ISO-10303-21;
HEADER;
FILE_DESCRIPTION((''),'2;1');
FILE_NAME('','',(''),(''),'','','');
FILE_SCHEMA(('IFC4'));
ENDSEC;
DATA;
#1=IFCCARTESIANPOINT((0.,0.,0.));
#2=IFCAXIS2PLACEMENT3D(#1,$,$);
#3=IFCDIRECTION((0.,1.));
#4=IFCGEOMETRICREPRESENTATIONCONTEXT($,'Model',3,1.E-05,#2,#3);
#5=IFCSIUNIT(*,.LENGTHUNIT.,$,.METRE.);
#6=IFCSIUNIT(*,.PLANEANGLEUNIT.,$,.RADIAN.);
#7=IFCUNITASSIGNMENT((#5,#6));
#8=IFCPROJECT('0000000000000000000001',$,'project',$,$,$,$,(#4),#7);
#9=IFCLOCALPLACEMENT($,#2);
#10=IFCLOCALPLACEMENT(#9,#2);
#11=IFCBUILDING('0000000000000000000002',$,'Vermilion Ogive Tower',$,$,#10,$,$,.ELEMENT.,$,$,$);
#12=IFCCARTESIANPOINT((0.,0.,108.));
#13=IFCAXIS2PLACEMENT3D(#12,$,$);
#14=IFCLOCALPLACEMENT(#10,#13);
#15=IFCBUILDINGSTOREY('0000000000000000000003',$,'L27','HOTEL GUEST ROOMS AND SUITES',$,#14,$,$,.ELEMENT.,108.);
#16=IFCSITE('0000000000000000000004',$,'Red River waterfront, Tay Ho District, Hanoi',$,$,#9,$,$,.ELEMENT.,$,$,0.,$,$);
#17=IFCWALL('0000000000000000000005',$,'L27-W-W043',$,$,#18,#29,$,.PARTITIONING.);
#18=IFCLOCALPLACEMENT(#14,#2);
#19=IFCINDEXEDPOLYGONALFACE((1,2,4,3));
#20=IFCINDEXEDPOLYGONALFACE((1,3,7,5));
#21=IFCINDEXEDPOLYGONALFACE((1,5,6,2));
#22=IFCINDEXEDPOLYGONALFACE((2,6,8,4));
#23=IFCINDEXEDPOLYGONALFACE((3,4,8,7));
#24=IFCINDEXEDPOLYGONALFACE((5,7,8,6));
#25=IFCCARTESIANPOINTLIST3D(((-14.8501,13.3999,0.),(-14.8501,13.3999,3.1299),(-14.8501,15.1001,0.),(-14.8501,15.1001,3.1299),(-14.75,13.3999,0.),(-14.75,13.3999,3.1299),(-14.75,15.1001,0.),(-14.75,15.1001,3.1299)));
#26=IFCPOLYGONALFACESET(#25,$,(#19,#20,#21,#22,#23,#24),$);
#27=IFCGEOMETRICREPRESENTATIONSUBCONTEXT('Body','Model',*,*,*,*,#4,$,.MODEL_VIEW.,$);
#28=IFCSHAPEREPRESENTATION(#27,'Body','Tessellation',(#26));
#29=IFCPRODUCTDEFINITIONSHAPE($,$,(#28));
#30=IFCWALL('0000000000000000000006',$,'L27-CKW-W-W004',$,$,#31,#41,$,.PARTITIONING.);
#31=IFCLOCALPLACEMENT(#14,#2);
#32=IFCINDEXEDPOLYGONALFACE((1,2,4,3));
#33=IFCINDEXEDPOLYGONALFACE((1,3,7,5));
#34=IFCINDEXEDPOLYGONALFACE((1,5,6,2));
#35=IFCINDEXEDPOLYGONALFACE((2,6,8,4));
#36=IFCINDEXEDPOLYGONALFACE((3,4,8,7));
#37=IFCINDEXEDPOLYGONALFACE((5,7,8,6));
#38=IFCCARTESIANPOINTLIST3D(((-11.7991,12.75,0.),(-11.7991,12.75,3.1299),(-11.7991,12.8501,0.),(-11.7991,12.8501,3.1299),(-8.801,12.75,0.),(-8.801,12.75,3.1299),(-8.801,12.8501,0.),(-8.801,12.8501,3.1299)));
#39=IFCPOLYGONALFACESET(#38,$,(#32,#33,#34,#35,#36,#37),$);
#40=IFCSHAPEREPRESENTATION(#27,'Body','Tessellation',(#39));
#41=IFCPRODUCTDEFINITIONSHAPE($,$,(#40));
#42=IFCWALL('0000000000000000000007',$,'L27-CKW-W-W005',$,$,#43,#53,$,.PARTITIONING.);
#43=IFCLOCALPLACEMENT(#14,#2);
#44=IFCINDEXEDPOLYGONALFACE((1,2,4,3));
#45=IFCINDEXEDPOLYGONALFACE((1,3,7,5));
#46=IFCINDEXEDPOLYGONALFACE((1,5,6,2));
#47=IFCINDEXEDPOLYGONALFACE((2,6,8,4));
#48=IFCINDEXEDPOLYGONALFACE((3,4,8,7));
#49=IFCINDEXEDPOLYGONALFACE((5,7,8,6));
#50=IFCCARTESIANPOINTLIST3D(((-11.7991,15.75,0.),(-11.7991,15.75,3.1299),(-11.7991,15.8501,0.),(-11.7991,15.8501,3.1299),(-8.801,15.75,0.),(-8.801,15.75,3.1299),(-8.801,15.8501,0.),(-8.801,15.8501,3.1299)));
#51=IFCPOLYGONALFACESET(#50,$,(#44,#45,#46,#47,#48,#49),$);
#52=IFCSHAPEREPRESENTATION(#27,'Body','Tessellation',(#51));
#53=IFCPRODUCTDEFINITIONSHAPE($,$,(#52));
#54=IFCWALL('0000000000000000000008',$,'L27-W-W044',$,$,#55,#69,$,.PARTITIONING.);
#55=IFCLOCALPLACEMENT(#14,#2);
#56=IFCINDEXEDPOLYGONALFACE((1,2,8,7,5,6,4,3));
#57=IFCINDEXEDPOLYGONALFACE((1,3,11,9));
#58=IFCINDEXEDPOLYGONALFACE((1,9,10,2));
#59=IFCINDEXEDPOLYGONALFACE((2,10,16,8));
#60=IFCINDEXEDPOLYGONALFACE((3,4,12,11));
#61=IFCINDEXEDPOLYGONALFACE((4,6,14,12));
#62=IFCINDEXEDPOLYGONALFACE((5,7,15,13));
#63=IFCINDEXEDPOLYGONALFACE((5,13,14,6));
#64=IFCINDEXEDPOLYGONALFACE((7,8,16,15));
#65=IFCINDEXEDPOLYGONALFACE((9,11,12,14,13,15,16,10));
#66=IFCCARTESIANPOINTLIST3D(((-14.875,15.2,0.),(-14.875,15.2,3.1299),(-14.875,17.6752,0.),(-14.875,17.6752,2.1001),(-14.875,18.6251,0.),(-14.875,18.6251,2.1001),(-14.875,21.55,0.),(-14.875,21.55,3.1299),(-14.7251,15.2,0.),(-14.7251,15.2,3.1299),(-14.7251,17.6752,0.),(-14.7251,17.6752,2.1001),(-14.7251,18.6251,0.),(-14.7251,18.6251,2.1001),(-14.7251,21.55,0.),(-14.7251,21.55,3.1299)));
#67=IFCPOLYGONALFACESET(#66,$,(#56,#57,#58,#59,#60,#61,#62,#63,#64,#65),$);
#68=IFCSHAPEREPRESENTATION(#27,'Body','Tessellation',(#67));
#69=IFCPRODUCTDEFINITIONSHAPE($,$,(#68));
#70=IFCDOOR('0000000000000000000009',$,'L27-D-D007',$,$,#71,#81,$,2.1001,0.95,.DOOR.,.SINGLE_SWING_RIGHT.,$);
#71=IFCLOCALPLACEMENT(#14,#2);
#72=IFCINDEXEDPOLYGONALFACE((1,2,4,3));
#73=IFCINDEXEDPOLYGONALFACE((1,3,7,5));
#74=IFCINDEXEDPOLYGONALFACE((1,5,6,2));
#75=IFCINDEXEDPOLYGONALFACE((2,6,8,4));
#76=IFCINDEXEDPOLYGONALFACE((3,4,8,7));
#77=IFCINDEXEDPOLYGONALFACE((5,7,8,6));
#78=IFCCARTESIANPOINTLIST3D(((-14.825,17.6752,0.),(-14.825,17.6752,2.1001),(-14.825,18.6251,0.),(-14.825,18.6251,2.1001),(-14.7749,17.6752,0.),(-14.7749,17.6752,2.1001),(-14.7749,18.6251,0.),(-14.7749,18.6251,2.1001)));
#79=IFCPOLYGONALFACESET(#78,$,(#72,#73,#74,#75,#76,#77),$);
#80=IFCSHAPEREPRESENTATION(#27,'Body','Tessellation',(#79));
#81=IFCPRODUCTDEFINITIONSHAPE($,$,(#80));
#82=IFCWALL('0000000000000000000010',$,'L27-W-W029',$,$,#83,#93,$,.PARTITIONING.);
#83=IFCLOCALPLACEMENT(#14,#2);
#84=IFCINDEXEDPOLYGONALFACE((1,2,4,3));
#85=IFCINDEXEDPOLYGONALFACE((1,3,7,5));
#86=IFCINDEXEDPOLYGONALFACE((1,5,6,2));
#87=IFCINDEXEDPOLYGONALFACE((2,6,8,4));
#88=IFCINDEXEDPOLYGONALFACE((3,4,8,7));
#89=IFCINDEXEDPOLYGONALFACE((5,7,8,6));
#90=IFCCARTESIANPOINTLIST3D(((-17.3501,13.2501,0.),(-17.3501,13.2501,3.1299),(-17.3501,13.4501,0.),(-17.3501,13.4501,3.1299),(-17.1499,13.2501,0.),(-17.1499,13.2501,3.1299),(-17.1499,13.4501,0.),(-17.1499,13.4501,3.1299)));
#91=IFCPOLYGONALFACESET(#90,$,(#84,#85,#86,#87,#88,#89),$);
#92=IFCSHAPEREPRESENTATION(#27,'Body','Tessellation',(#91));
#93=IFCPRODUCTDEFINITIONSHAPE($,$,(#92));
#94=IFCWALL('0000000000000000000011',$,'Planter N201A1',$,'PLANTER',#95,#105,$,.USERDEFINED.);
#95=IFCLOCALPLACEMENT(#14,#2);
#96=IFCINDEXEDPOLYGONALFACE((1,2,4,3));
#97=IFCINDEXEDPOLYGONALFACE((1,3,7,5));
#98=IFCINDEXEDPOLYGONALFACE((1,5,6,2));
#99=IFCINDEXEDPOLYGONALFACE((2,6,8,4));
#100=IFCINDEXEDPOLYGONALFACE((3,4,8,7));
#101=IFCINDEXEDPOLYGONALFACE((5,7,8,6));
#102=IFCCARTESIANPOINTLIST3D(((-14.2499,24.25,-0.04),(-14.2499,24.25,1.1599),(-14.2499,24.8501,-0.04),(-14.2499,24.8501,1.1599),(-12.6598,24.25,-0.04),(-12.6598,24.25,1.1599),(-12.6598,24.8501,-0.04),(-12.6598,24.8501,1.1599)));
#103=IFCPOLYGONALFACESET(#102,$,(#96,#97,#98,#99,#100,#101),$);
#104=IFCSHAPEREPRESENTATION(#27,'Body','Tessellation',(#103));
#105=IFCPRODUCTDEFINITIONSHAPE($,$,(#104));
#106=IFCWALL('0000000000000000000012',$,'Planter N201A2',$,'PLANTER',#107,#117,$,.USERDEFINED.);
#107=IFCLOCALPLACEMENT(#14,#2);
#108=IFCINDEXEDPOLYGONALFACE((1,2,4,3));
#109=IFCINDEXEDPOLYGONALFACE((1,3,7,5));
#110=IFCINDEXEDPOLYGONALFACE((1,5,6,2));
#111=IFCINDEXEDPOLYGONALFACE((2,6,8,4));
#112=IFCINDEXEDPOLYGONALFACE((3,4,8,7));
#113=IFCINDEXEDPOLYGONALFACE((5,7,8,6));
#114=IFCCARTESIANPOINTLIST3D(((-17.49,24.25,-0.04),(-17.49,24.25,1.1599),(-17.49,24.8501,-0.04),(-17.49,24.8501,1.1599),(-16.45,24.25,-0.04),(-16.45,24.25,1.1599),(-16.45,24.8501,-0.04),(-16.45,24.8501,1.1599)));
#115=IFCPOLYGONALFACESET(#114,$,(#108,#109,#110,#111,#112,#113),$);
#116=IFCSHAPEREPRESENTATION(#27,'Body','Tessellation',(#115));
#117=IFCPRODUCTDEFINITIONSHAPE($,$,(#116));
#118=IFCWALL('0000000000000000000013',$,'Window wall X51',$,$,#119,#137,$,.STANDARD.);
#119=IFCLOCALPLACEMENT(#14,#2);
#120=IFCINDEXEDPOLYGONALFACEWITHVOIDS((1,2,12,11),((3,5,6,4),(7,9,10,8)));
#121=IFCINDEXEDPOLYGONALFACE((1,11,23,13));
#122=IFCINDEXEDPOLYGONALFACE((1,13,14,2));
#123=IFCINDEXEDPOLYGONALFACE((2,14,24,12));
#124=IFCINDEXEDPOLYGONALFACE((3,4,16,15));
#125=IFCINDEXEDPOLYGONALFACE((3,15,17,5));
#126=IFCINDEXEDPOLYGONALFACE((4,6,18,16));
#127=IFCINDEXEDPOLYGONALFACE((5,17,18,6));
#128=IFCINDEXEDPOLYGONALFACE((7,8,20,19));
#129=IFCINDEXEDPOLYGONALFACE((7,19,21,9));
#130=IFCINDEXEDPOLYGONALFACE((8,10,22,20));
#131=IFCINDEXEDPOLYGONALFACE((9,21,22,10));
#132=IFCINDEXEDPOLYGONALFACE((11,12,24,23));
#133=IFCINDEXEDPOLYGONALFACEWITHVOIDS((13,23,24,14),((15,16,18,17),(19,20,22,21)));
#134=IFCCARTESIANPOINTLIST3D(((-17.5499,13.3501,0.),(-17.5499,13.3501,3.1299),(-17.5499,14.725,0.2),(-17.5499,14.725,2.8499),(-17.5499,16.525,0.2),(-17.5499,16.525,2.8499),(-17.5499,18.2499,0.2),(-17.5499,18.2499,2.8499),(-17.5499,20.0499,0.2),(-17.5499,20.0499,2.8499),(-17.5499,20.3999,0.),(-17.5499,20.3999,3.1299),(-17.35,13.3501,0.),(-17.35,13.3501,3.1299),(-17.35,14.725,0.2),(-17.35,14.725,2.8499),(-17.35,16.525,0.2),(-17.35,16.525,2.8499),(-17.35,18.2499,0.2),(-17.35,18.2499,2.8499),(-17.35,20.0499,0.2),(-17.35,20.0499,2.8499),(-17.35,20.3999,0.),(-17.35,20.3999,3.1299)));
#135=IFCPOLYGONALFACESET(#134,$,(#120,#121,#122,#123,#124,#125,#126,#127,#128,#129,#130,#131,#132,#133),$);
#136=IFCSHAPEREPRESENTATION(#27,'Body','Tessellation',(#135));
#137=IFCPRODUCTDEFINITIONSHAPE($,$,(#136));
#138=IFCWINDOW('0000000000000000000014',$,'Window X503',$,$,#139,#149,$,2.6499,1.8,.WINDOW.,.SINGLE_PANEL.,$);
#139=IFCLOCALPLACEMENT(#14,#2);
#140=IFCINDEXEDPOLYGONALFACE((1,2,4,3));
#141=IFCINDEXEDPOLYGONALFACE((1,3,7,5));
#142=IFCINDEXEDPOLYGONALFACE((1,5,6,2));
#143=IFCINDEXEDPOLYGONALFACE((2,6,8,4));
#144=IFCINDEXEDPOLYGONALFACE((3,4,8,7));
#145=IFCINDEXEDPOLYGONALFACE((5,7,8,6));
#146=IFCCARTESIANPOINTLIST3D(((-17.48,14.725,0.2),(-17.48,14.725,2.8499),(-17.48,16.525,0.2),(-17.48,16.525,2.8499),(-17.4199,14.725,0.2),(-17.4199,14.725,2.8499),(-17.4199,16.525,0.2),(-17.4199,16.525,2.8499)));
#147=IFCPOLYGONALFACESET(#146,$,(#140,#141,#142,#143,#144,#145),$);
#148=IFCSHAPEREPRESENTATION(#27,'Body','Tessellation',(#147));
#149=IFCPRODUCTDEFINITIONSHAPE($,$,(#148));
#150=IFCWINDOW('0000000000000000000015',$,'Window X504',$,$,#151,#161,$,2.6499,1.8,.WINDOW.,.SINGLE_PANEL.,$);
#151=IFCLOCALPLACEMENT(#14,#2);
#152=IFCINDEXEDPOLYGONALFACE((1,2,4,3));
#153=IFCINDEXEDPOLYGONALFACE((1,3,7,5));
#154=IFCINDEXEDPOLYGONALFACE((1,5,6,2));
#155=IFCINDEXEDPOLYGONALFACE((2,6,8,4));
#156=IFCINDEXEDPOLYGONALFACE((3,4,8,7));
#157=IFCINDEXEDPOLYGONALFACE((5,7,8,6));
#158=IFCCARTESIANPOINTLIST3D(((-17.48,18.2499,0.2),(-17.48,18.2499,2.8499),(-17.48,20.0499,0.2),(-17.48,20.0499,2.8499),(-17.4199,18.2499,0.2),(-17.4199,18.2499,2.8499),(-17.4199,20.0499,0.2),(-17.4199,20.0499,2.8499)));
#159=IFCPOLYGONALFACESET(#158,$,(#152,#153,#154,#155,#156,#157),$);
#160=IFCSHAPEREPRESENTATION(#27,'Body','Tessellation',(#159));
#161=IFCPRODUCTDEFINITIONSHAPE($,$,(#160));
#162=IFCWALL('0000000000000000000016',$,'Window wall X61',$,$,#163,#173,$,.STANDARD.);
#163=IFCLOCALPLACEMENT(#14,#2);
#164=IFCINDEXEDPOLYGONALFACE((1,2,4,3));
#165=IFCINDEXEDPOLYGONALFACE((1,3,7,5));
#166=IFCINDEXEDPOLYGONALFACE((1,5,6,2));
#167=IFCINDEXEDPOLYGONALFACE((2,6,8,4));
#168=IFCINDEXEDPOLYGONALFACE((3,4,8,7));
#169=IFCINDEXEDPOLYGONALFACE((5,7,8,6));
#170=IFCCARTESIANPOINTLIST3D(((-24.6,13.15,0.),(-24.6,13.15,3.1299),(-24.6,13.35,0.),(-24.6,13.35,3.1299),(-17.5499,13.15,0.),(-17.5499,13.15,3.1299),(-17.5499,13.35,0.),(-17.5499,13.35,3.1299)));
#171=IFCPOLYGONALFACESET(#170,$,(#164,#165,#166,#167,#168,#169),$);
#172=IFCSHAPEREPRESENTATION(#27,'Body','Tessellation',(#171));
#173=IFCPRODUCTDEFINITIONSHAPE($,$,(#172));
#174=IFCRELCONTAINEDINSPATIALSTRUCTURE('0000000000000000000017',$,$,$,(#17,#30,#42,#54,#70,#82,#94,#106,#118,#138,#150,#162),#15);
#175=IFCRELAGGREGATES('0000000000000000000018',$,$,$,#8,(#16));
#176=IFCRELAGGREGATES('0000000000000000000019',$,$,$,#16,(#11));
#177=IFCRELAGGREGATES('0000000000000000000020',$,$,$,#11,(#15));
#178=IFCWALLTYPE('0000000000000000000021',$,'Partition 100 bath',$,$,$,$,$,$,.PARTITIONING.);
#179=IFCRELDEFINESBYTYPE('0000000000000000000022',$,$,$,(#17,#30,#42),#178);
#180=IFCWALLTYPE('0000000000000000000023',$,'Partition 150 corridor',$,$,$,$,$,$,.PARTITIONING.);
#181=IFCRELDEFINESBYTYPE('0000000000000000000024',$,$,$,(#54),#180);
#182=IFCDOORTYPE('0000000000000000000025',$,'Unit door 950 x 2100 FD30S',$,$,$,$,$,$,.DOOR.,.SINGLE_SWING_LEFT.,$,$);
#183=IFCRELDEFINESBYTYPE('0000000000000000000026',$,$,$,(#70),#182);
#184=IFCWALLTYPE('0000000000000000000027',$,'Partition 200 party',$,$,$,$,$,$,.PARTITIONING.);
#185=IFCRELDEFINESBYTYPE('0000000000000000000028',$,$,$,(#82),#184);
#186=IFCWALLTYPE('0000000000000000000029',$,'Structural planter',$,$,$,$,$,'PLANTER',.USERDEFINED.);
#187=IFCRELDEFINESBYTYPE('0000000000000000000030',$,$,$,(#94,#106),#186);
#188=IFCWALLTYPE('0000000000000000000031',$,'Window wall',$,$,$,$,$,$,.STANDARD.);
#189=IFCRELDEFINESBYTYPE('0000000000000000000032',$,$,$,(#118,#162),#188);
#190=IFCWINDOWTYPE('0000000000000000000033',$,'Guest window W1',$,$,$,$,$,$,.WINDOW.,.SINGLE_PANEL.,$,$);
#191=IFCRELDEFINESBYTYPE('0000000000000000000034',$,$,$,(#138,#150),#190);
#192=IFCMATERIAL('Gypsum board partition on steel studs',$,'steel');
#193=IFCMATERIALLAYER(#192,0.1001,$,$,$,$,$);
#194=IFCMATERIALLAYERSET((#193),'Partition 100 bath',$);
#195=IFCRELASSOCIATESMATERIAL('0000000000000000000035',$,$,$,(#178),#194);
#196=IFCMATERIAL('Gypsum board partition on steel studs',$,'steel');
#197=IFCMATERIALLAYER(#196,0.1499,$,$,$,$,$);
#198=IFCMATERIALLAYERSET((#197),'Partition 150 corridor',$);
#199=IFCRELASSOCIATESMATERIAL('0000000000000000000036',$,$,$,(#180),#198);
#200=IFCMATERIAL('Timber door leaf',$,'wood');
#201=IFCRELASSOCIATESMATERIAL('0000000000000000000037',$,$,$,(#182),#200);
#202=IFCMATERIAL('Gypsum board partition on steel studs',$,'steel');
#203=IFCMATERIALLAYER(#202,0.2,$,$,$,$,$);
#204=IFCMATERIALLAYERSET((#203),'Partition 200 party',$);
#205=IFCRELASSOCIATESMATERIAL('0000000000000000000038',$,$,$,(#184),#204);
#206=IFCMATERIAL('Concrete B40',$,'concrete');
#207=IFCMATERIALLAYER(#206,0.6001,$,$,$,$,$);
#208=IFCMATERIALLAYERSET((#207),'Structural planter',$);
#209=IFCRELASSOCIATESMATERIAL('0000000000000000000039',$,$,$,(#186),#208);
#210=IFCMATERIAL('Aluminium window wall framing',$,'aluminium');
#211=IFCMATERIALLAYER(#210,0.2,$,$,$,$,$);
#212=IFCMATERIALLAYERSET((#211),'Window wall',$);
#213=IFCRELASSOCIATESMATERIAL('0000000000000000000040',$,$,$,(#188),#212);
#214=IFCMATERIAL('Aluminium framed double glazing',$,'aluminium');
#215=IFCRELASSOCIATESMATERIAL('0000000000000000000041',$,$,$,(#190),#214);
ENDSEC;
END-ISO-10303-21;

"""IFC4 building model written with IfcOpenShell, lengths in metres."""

from ifc_helpers import new_model, si_unit, direction, frame, frame_2d, origin, place, context, subcontext, project, spatial, rectangle, extrude, material, layer, layer_set, type_object, element, fill, save


model = new_model("IFC4")

# Units and contexts
model_context = context("Model", 3, precision=1e-05, world=origin(), true_north=direction((0.0, 1.0)))
body_context = subcontext(model_context, "Body", "Model", "MODEL_VIEW")
ifc_project = project(units=[si_unit("LENGTHUNIT", "METRE"), si_unit("PLANEANGLEUNIT", "RADIAN")], contexts=[model_context])

# Site, building, storey
site_placement = place(None, origin())
site = spatial("IfcSite", under=ifc_project, at=site_placement, Name="Red River waterfront, Tay Ho District, Hanoi", CompositionType="ELEMENT", RefElevation=0.0)
building_placement = place(site_placement, origin())
building = spatial("IfcBuilding", under=site, at=building_placement, Name="Vermilion Ogive Tower", CompositionType="ELEMENT")
storey_placement = place(building_placement, frame((0.0, 0.0, 108.0)))
storey = spatial("IfcBuildingStorey", under=building, at=storey_placement, Name="L27", Description="HOTEL GUEST ROOMS AND SUITES", CompositionType="ELEMENT", Elevation=108.0)

# Shared definitions
ifc_material_1 = material(Name="Gypsum board partition on steel studs", Category="steel")
ifc_layer_1 = layer(ifc_material_1, 0.1001)
ifc_layer_set_1 = layer_set([ifc_layer_1], Name="Partition 100 bath")
wall_type_1 = type_object("IfcWallType", Name="Partition 100 bath", PredefinedType="PARTITIONING", material=ifc_layer_set_1)

# Walls
wall_1_placement = place(storey_placement, frame((-14.8, 13.3999, 0.0), z_axis=(0.0, 0.0, 1.0), x_axis=(0.0, 1.0, 0.0)))
element("IfcWall", 1, at=wall_1_placement, inside=storey, type_object=wall_type_1, Name="L27-W-W043", PredefinedType="PARTITIONING", context=body_context, shape_type="SweptSolid", body=[
    extrude(rectangle(XDim=1.7002, YDim=0.1001, at=frame_2d((0.8501, 0.0))), origin(), (0.0, 0.0, 1.0), 3.1299),
])
for number, where, z_axis, x_axis, name in (
    (2, (-11.7991, 12.8, 0.0), (0.0, 0.0, 1.0), (1.0, 0.0, 0.0), "L27-CKW-W-W004"),
    (3, (-11.7991, 15.8, 0.0), (0.0, 0.0, 1.0), (1.0, 0.0, 0.0), "L27-CKW-W-W005"),
):
    element("IfcWall", number, at=place(storey_placement, frame(where, z_axis=z_axis, x_axis=x_axis)), inside=storey, type_object=wall_type_1, Name=name, PredefinedType="PARTITIONING", context=body_context, shape_type="SweptSolid", body=[
        extrude(rectangle(XDim=2.998, YDim=0.1001, at=frame_2d((1.499, 0.0))), origin(), (0.0, 0.0, 1.0), 3.1299),
    ])

# Wall, opening, door
ifc_material_2 = material(Name="Gypsum board partition on steel studs", Category="steel")
ifc_layer_2 = layer(ifc_material_2, 0.1499)
ifc_layer_set_2 = layer_set([ifc_layer_2], Name="Partition 150 corridor")
wall_type_2 = type_object("IfcWallType", Name="Partition 150 corridor", PredefinedType="PARTITIONING", material=ifc_layer_set_2)
wall_2_placement = place(storey_placement, frame((-14.8, 15.2, 0.0), z_axis=(0.0, 0.0, 1.0), x_axis=(0.0, 1.0, 0.0)))
wall_2 = element("IfcWall", 4, at=wall_2_placement, inside=storey, type_object=wall_type_2, Name="L27-W-W044", PredefinedType="PARTITIONING", context=body_context, shape_type="SweptSolid", body=[
    extrude(rectangle(XDim=6.3501, YDim=0.1499, at=frame_2d((3.175, 0.0))), origin(), (0.0, 0.0, 1.0), 3.1299),
])
opening_1_placement = place(wall_2_placement, frame((2.4751, 0.0, 0.0)))
opening_1 = element("IfcOpeningElement", 5, at=opening_1_placement, cuts=wall_2, PredefinedType="OPENING", context=body_context, shape_type="SweptSolid", body=[
    extrude(rectangle(XDim=0.95, YDim=2.1001, at=frame_2d((0.4751, 1.05))), frame((0.0, 0.085, 0.0), z_axis=(0.0, -1.0, 0.0), x_axis=(1.0, 0.0, 0.0)), (0.0, 0.0, 1.0), 0.1699),
])
ifc_material_3 = material(Name="Timber door leaf", Category="wood")
door_type_1 = type_object("IfcDoorType", Name="Unit door 950 x 2100 FD30S", OperationType="SINGLE_SWING_LEFT", PredefinedType="DOOR", material=ifc_material_3)
door_1_placement = place(opening_1_placement, origin())
door_1 = element("IfcDoor", 6, at=door_1_placement, inside=storey, type_object=door_type_1, Name="L27-D-D007", OperationType="SINGLE_SWING_RIGHT", OverallHeight=2.1001, OverallWidth=0.95, PredefinedType="DOOR", context=body_context, shape_type="SweptSolid", body=[
    extrude(rectangle(XDim=0.95, YDim=2.1001, at=frame_2d((0.4751, 1.05))), frame((0.0, 0.0249, 0.0), z_axis=(0.0, -1.0, 0.0), x_axis=(1.0, 0.0, 0.0)), (0.0, 0.0, 1.0), 0.05),
])
fill(opening_1, door_1)

# Walls
ifc_material_4 = material(Name="Gypsum board partition on steel studs", Category="steel")
ifc_layer_3 = layer(ifc_material_4, 0.2)
ifc_layer_set_3 = layer_set([ifc_layer_3], Name="Partition 200 party")
wall_type_3 = type_object("IfcWallType", Name="Partition 200 party", PredefinedType="PARTITIONING", material=ifc_layer_set_3)
wall_3_placement = place(storey_placement, frame((-17.3501, 13.3501, 0.0), z_axis=(0.0, 0.0, 1.0), x_axis=(1.0, 0.0, 0.0)))
element("IfcWall", 7, at=wall_3_placement, inside=storey, type_object=wall_type_3, Name="L27-W-W029", PredefinedType="PARTITIONING", context=body_context, shape_type="SweptSolid", body=[
    extrude(rectangle(XDim=0.2002, YDim=0.2, at=frame_2d((0.1001, 0.0))), origin(), (0.0, 0.0, 1.0), 3.1299),
])
ifc_material_5 = material(Name="Concrete B40", Category="concrete")
ifc_layer_4 = layer(ifc_material_5, 0.6001)
ifc_layer_set_4 = layer_set([ifc_layer_4], Name="Structural planter")
wall_type_4 = type_object("IfcWallType", Name="Structural planter", ElementType="PLANTER", PredefinedType="USERDEFINED", material=ifc_layer_set_4)
wall_4_placement = place(storey_placement, frame((-12.6599, 24.55, -0.04), z_axis=(0.0, 0.0, 1.0), x_axis=(-1.0, 0.0, 0.0)))
element("IfcWall", 8, at=wall_4_placement, inside=storey, type_object=wall_type_4, Name="Planter N201A1", ObjectType="PLANTER", PredefinedType="USERDEFINED", context=body_context, shape_type="SweptSolid", body=[
    extrude(rectangle(XDim=1.5901, YDim=0.6001, at=frame_2d((0.7949, 0.0))), origin(), (0.0, 0.0, 1.0), 1.2),
])
wall_5_placement = place(storey_placement, frame((-16.45, 24.55, -0.04), z_axis=(0.0, 0.0, 1.0), x_axis=(-1.0, 0.0, 0.0)))
element("IfcWall", 9, at=wall_5_placement, inside=storey, type_object=wall_type_4, Name="Planter N201A2", ObjectType="PLANTER", PredefinedType="USERDEFINED", context=body_context, shape_type="SweptSolid", body=[
    extrude(rectangle(XDim=1.04, YDim=0.6001, at=frame_2d((0.52, 0.0))), origin(), (0.0, 0.0, 1.0), 1.2),
])

# Shared definitions
ifc_material_6 = material(Name="Aluminium window wall framing", Category="aluminium")
ifc_layer_5 = layer(ifc_material_6, 0.2)
ifc_layer_set_5 = layer_set([ifc_layer_5], Name="Window wall")
wall_type_5 = type_object("IfcWallType", Name="Window wall", PredefinedType="STANDARD", material=ifc_layer_set_5)
ifc_material_7 = material(Name="Aluminium framed double glazing", Category="aluminium")
window_type = type_object("IfcWindowType", Name="Guest window W1", PartitioningType="SINGLE_PANEL", PredefinedType="WINDOW", material=ifc_material_7)

# Wall, openings, windows
wall_6_placement = place(storey_placement, frame((-17.45, 20.3999, 0.0), z_axis=(0.0, 0.0, 1.0), x_axis=(0.0, -1.0, 0.0)))
wall_6 = element("IfcWall", 10, at=wall_6_placement, inside=storey, type_object=wall_type_5, Name="Window wall X51", PredefinedType="STANDARD", context=body_context, shape_type="SweptSolid", body=[
    extrude(rectangle(XDim=7.0498, YDim=0.2, at=frame_2d((3.5249, 0.0))), origin(), (0.0, 0.0, 1.0), 3.1299),
])
opening_2_placement = place(wall_6_placement, frame((3.875, 0.0, 0.2)))
opening_2 = element("IfcOpeningElement", 11, at=opening_2_placement, cuts=wall_6, PredefinedType="OPENING", context=body_context, shape_type="SweptSolid", body=[
    extrude(rectangle(XDim=1.8, YDim=2.6499, at=frame_2d((0.8999, 1.325))), frame((0.0, 0.1099, 0.0), z_axis=(0.0, -1.0, 0.0), x_axis=(1.0, 0.0, 0.0)), (0.0, 0.0, 1.0), 0.22),
])
opening_3_placement = place(wall_6_placement, frame((0.3501, 0.0, 0.2)))
opening_3 = element("IfcOpeningElement", 12, at=opening_3_placement, cuts=wall_6, PredefinedType="OPENING", context=body_context, shape_type="SweptSolid", body=[
    extrude(rectangle(XDim=1.8, YDim=2.6499, at=frame_2d((0.8999, 1.325))), frame((0.0, 0.1099, 0.0), z_axis=(0.0, -1.0, 0.0), x_axis=(1.0, 0.0, 0.0)), (0.0, 0.0, 1.0), 0.22),
])
window_1_placement = place(opening_2_placement, origin())
window_1 = element("IfcWindow", 13, at=window_1_placement, inside=storey, type_object=window_type, Name="Window X503", OverallHeight=2.6499, OverallWidth=1.8, PartitioningType="SINGLE_PANEL", PredefinedType="WINDOW", context=body_context, shape_type="SweptSolid", body=[
    extrude(rectangle(XDim=1.8, YDim=2.6499, at=frame_2d((0.8999, 1.325))), frame((0.0, 0.03, 0.0), z_axis=(0.0, -1.0, 0.0), x_axis=(1.0, 0.0, 0.0)), (0.0, 0.0, 1.0), 0.0601),
])
fill(opening_2, window_1)
window_2_placement = place(opening_3_placement, origin())
window_2 = element("IfcWindow", 14, at=window_2_placement, inside=storey, type_object=window_type, Name="Window X504", OverallHeight=2.6499, OverallWidth=1.8, PartitioningType="SINGLE_PANEL", PredefinedType="WINDOW", context=body_context, shape_type="SweptSolid", body=[
    extrude(rectangle(XDim=1.8, YDim=2.6499, at=frame_2d((0.8999, 1.325))), frame((0.0, 0.03, 0.0), z_axis=(0.0, -1.0, 0.0), x_axis=(1.0, 0.0, 0.0)), (0.0, 0.0, 1.0), 0.0601),
])
fill(opening_3, window_2)

# Wall
wall_7_placement = place(storey_placement, frame((-17.55, 13.25, 0.0), z_axis=(0.0, 0.0, 1.0), x_axis=(-1.0, 0.0, 0.0)))
element("IfcWall", 15, at=wall_7_placement, inside=storey, type_object=wall_type_5, Name="Window wall X61", PredefinedType="STANDARD", context=body_context, shape_type="SweptSolid", body=[
    extrude(rectangle(XDim=7.05, YDim=0.2, at=frame_2d((3.5249, 0.0))), origin(), (0.0, 0.0, 1.0), 3.1299),
])

save(model, "model.ifc")
